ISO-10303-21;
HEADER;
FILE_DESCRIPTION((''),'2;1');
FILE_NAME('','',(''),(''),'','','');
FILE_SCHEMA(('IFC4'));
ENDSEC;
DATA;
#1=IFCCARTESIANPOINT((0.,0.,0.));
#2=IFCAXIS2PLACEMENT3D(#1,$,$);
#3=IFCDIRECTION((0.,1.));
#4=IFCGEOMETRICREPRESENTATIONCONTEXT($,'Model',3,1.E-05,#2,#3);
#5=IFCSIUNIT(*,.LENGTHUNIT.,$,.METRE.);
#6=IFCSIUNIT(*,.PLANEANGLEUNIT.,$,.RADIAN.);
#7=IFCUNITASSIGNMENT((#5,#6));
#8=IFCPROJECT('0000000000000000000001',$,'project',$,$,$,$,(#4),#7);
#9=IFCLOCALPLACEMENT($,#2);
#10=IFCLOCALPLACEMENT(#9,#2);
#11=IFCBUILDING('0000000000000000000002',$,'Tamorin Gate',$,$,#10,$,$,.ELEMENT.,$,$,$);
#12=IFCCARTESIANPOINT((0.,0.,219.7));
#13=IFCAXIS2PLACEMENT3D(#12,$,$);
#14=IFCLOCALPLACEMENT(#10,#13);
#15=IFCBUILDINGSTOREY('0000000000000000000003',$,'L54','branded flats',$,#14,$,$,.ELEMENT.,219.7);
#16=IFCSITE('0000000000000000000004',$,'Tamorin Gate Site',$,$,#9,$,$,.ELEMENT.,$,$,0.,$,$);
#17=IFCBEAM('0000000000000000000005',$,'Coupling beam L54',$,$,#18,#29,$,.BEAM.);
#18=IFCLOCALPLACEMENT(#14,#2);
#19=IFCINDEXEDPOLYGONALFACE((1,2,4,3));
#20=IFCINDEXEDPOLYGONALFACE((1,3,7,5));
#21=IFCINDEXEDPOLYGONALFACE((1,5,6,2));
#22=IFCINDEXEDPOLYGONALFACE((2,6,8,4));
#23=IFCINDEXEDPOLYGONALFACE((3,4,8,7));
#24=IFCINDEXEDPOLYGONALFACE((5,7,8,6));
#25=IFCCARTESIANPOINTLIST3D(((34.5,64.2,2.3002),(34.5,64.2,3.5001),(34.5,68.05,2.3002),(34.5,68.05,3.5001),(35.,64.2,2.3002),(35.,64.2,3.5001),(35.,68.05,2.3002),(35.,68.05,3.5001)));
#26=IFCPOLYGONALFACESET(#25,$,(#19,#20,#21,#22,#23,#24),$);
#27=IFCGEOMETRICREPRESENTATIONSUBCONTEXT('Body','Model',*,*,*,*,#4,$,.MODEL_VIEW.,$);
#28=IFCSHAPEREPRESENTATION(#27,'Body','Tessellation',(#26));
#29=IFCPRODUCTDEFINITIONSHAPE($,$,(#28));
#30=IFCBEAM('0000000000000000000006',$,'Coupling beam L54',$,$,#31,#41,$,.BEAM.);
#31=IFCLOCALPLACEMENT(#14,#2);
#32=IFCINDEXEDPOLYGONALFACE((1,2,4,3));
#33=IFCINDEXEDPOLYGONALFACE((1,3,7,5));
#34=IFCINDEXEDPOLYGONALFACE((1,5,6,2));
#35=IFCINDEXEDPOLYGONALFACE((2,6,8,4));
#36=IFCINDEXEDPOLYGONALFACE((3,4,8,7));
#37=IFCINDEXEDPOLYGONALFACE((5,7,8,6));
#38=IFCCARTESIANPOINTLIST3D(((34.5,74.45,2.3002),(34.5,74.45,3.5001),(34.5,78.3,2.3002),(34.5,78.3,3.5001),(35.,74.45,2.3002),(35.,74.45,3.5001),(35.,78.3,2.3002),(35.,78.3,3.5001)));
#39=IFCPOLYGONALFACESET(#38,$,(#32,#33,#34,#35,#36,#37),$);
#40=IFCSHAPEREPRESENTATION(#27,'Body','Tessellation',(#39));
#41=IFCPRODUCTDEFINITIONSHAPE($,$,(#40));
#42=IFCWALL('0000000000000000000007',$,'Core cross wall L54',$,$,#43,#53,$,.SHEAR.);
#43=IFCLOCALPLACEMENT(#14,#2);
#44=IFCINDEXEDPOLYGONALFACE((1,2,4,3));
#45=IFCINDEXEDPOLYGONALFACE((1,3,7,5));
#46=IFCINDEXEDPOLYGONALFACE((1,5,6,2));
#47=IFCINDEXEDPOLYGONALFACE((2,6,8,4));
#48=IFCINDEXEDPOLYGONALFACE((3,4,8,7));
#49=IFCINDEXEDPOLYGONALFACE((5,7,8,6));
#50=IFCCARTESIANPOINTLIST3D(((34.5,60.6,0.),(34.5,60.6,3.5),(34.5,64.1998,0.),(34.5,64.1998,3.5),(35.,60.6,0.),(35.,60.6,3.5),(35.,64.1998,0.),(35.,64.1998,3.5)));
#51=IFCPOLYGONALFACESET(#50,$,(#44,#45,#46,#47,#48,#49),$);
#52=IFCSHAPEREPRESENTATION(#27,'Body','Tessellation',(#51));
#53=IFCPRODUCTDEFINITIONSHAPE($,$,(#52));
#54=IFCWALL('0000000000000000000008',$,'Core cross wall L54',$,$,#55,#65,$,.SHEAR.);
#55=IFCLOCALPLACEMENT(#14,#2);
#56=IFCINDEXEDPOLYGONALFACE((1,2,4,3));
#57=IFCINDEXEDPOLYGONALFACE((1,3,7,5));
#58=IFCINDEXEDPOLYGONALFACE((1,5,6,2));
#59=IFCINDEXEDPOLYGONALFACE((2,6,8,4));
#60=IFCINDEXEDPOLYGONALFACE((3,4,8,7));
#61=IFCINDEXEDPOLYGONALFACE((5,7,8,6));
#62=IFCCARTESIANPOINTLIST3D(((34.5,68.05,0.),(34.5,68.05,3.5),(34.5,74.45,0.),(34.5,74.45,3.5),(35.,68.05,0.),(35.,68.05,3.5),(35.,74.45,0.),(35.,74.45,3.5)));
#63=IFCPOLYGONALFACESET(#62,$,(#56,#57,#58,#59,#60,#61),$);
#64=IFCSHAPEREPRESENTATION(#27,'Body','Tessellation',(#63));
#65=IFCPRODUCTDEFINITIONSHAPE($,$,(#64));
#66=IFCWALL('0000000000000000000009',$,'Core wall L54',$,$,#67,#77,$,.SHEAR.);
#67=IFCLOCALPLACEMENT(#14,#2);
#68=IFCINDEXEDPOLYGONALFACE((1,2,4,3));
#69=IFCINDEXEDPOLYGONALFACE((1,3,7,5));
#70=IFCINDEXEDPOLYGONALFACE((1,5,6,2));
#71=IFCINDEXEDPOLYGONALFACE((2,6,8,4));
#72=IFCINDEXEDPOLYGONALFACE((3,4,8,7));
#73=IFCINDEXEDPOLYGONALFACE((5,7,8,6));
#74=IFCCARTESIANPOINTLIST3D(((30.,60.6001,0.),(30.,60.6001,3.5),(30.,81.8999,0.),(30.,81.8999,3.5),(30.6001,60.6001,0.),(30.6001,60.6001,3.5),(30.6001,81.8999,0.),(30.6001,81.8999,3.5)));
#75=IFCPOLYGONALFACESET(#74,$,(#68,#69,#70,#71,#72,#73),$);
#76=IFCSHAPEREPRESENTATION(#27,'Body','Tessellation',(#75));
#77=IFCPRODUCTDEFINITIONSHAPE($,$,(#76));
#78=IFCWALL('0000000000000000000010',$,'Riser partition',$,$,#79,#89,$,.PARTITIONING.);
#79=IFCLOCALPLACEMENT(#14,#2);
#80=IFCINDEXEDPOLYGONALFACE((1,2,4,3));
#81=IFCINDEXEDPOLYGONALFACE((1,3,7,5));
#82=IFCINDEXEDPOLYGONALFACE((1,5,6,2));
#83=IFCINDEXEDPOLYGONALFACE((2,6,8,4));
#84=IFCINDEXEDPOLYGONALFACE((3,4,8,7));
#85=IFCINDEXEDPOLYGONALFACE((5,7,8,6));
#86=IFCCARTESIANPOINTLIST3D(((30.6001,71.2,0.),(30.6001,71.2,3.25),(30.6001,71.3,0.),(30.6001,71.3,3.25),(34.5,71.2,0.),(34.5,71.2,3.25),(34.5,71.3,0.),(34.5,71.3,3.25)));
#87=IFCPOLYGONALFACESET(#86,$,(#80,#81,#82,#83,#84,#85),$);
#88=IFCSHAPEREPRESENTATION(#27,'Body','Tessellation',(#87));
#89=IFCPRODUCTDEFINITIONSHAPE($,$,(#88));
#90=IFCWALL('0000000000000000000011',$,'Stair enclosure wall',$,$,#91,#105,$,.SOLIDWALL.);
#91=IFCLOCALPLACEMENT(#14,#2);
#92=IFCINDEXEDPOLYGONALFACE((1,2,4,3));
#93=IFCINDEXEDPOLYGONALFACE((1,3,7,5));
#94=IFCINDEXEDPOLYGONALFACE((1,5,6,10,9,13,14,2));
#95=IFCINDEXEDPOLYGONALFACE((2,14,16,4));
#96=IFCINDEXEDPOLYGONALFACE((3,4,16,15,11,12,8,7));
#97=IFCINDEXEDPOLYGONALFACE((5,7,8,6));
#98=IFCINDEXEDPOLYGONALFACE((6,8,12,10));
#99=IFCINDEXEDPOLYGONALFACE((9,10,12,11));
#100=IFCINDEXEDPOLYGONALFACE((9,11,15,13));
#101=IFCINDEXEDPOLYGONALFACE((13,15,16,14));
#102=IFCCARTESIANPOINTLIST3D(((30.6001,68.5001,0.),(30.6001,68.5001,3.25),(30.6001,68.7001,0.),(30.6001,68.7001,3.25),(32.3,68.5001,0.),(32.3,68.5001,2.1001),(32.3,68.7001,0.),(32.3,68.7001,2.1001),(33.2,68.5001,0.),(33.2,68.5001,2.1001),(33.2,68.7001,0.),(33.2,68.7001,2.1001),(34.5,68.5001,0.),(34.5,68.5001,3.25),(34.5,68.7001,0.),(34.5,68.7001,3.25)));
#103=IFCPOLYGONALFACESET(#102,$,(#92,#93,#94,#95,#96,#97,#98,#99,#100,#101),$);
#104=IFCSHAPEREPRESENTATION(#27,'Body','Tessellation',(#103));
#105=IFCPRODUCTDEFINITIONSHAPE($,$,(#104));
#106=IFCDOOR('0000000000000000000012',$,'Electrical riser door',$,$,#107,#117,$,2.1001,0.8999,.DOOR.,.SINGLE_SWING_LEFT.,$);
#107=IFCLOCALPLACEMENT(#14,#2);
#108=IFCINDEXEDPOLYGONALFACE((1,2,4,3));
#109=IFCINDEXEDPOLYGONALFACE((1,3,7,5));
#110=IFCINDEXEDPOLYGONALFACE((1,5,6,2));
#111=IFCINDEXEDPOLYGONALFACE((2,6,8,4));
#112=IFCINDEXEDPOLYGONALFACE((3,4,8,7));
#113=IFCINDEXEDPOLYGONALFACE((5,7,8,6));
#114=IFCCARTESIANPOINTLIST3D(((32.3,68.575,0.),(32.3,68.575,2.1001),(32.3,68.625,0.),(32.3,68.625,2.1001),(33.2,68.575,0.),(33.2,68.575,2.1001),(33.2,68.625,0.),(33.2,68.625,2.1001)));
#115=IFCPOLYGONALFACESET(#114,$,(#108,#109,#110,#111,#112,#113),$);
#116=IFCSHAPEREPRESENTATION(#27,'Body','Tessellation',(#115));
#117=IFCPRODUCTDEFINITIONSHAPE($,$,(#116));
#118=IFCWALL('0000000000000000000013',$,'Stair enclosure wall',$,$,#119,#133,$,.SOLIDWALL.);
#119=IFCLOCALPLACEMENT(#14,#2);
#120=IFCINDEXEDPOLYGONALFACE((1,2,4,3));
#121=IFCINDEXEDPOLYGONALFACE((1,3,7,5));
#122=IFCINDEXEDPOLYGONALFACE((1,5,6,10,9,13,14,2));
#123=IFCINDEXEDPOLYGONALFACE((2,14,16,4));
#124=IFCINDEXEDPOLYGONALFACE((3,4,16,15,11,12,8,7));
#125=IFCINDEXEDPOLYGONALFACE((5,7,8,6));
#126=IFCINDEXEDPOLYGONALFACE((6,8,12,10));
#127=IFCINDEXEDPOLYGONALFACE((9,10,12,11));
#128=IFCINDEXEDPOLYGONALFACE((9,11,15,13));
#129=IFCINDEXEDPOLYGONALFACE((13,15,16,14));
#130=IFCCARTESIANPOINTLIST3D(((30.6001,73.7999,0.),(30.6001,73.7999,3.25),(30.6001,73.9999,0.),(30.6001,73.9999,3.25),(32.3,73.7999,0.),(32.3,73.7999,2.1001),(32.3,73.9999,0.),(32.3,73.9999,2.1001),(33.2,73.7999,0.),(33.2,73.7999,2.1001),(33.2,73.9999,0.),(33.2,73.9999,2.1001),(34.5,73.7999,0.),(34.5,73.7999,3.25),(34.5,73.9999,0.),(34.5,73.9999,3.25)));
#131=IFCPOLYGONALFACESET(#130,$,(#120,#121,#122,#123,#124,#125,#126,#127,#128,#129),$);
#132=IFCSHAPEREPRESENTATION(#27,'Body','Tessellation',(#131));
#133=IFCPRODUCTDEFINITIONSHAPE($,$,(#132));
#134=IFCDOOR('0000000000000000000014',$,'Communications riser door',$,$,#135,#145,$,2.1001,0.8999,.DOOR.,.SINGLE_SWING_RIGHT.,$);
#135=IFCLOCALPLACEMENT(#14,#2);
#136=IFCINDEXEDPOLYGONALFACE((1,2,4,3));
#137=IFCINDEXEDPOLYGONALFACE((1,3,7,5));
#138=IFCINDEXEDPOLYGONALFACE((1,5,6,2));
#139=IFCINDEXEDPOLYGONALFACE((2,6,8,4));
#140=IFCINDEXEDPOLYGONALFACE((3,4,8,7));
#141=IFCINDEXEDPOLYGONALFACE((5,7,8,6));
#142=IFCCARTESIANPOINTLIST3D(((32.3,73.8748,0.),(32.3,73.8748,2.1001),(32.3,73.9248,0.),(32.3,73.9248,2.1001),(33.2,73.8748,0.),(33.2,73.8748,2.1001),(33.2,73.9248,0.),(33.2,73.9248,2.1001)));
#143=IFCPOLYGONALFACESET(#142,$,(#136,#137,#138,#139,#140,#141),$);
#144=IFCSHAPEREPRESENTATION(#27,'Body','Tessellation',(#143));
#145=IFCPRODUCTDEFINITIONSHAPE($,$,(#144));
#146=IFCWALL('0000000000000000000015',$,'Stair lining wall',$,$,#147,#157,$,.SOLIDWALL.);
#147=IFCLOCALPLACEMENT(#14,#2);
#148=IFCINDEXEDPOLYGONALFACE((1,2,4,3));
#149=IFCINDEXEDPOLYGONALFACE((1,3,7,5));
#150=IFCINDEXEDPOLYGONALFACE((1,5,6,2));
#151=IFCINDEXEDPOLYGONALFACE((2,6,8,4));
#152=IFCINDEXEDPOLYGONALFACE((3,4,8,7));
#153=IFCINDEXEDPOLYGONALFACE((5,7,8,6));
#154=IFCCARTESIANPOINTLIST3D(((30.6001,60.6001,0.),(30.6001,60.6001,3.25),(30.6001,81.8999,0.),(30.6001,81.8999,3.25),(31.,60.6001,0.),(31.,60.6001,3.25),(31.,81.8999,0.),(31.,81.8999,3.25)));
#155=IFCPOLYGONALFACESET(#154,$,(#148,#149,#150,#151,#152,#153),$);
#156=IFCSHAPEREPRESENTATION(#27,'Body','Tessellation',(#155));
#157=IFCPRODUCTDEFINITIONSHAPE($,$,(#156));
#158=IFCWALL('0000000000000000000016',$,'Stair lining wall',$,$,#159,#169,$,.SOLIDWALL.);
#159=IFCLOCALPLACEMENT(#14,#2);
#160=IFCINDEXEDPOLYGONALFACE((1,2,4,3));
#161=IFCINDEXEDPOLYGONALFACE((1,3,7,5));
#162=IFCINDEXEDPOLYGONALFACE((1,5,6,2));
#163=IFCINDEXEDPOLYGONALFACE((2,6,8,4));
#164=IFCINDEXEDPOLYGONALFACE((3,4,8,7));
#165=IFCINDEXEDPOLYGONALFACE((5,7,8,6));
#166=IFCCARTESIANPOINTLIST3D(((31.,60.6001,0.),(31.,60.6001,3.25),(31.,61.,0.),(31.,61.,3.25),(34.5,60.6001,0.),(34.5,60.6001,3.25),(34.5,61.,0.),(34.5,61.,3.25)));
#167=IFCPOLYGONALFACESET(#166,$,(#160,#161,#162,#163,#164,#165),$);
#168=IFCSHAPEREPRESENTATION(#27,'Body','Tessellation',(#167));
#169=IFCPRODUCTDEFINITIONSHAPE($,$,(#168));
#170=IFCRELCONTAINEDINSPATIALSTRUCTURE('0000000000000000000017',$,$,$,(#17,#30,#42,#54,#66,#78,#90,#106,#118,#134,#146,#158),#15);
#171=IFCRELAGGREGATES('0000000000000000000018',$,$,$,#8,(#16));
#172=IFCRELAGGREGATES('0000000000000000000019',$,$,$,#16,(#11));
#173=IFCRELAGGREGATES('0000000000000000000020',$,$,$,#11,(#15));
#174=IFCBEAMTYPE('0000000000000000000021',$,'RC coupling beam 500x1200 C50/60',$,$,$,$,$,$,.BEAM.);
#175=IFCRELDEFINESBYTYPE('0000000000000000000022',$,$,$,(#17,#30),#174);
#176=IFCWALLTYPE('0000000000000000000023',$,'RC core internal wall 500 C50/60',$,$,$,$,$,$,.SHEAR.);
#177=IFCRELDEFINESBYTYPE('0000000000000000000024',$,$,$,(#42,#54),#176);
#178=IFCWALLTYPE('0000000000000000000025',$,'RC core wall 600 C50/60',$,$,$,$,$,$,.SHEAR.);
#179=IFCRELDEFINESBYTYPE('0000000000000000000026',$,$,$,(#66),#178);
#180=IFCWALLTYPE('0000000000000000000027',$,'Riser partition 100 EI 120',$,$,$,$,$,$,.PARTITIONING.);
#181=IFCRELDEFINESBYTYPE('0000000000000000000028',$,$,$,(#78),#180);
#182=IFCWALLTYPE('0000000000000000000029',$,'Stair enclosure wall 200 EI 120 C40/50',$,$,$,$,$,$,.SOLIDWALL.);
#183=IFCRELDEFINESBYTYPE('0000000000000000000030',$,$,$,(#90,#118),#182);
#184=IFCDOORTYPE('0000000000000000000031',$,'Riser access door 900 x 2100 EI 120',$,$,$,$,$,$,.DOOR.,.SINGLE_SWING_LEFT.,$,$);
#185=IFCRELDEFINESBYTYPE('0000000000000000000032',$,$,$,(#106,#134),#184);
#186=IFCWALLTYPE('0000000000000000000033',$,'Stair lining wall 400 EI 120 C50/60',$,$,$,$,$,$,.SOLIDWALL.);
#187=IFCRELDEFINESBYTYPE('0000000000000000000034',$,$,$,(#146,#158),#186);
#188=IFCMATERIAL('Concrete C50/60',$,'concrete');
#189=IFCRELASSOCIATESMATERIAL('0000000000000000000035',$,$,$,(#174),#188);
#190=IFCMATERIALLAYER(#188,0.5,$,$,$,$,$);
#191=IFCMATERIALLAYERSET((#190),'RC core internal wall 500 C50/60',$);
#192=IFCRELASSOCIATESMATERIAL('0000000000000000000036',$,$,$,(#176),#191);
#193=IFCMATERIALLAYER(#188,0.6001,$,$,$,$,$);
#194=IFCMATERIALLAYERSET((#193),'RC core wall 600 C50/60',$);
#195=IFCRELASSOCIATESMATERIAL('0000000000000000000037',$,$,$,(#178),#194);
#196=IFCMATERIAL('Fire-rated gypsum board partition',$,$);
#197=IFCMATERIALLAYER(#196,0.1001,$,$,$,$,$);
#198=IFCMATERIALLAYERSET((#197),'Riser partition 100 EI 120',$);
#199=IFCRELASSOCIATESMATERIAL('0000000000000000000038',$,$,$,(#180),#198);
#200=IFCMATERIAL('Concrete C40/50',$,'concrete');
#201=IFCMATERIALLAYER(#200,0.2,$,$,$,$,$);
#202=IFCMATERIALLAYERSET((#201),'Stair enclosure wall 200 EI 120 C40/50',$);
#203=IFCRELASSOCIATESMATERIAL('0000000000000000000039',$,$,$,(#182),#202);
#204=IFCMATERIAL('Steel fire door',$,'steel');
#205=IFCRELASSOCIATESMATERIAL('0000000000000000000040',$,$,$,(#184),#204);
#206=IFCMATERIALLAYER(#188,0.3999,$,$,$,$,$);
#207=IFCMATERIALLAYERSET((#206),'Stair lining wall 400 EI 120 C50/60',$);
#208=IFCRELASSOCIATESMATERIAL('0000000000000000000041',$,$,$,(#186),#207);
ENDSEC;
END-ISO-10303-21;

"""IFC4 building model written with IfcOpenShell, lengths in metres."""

from ifc_helpers import new_model, si_unit, direction, frame, frame_2d, origin, origin_2d, place, context, subcontext, project, spatial, rectangle, extrude, material, layer, layer_set, material_profile, profile_set, type_object, element, fill, save


model = new_model("IFC4")

# Units and contexts
model_context = context("Model", 3, precision=1e-05, world=origin(), true_north=direction((0.0, 1.0)))
body_context = subcontext(model_context, "Body", "Model", "MODEL_VIEW")
ifc_project = project(units=[si_unit("LENGTHUNIT", "METRE"), si_unit("PLANEANGLEUNIT", "RADIAN")], contexts=[model_context])

# Site, building, storey
site_placement = place(None, origin())
site = spatial("IfcSite", under=ifc_project, at=site_placement, Name="Tamorin Gate Site", CompositionType="ELEMENT", RefElevation=0.0)
building_placement = place(site_placement, origin())
building = spatial("IfcBuilding", under=site, at=building_placement, Name="Tamorin Gate", CompositionType="ELEMENT")
storey_placement = place(building_placement, frame((0.0, 0.0, 219.7)))
storey = spatial("IfcBuildingStorey", under=building, at=storey_placement, Name="L54", Description="branded flats", CompositionType="ELEMENT", Elevation=219.7)

# Beams
ifc_material_1 = material(Name="Concrete C50/60", Category="concrete")
ifc_material_profile = material_profile(ifc_material_1, rectangle(XDim=0.5, YDim=1.2, at=origin_2d()), Name="RC 500x1200")
ifc_profile_set = profile_set([ifc_material_profile], Name="Concrete C50/60")
beam_type = type_object("IfcBeamType", Name="RC coupling beam 500x1200 C50/60", PredefinedType="BEAM", material=ifc_profile_set)
for number, where, z_axis, x_axis, name in (
    (1, (34.75, 64.2, 2.9001), (0.0, 1.0, 0.0), (-1.0, 0.0, 0.0), "Coupling beam L54"),
    (2, (34.75, 74.45, 2.9001), (0.0, 1.0, 0.0), (-1.0, 0.0, 0.0), "Coupling beam L54"),
):
    element("IfcBeam", number, at=place(storey_placement, frame(where, z_axis=z_axis, x_axis=x_axis)), inside=storey, type_object=beam_type, Name=name, PredefinedType="BEAM", context=body_context, shape_type="SweptSolid", body=[
        extrude(rectangle(XDim=0.5, YDim=1.2, at=origin_2d()), origin(), (0.0, 0.0, 1.0), 3.8501),
    ])

# Walls
ifc_layer_1 = layer(ifc_material_1, 0.5)
ifc_layer_set_1 = layer_set([ifc_layer_1], Name="RC core internal wall 500 C50/60")
wall_type_1 = type_object("IfcWallType", Name="RC core internal wall 500 C50/60", PredefinedType="SHEAR", material=ifc_layer_set_1)
wall_1_placement = place(storey_placement, frame((34.75, 60.6001, 0.0), z_axis=(0.0, 0.0, 1.0), x_axis=(0.0, 1.0, 0.0)))
element("IfcWall", 3, at=wall_1_placement, inside=storey, type_object=wall_type_1, Name="Core cross wall L54", PredefinedType="SHEAR", context=body_context, shape_type="SweptSolid", body=[
    extrude(rectangle(XDim=3.5999, YDim=0.5, at=frame_2d((1.7998, 0.0))), origin(), (0.0, 0.0, 1.0), 3.5),
])
wall_2_placement = place(storey_placement, frame((34.75, 68.05, 0.0), z_axis=(0.0, 0.0, 1.0), x_axis=(0.0, 1.0, 0.0)))
element("IfcWall", 4, at=wall_2_placement, inside=storey, type_object=wall_type_1, Name="Core cross wall L54", PredefinedType="SHEAR", context=body_context, shape_type="SweptSolid", body=[
    extrude(rectangle(XDim=6.3999, YDim=0.5, at=frame_2d((3.2, 0.0))), origin(), (0.0, 0.0, 1.0), 3.5),
])
ifc_layer_2 = layer(ifc_material_1, 0.6001)
ifc_layer_set_2 = layer_set([ifc_layer_2], Name="RC core wall 600 C50/60")
wall_type_2 = type_object("IfcWallType", Name="RC core wall 600 C50/60", PredefinedType="SHEAR", material=ifc_layer_set_2)
wall_3_placement = place(storey_placement, frame((30.3, 60.6001, 0.0), z_axis=(0.0, 0.0, 1.0), x_axis=(0.0, 1.0, 0.0)))
element("IfcWall", 5, at=wall_3_placement, inside=storey, type_object=wall_type_2, Name="Core wall L54", PredefinedType="SHEAR", context=body_context, shape_type="SweptSolid", body=[
    extrude(rectangle(XDim=21.2998, YDim=0.6001, at=frame_2d((10.6499, 0.0))), origin(), (0.0, 0.0, 1.0), 3.5),
])
ifc_material_2 = material(Name="Fire-rated gypsum board partition")
ifc_layer_3 = layer(ifc_material_2, 0.1001)
ifc_layer_set_3 = layer_set([ifc_layer_3], Name="Riser partition 100 EI 120")
wall_type_3 = type_object("IfcWallType", Name="Riser partition 100 EI 120", PredefinedType="PARTITIONING", material=ifc_layer_set_3)
wall_4_placement = place(storey_placement, frame((30.6001, 71.25, 0.0), z_axis=(0.0, 0.0, 1.0), x_axis=(1.0, 0.0, 0.0)))
element("IfcWall", 6, at=wall_4_placement, inside=storey, type_object=wall_type_3, Name="Riser partition", PredefinedType="PARTITIONING", context=body_context, shape_type="SweptSolid", body=[
    extrude(rectangle(XDim=3.8999, YDim=0.1001, at=frame_2d((1.95, 0.0))), origin(), (0.0, 0.0, 1.0), 3.25),
])

# Walls, openings, doors
ifc_material_3 = material(Name="Concrete C40/50", Category="concrete")
ifc_layer_4 = layer(ifc_material_3, 0.2)
ifc_layer_set_4 = layer_set([ifc_layer_4], Name="Stair enclosure wall 200 EI 120 C40/50")
wall_type_4 = type_object("IfcWallType", Name="Stair enclosure wall 200 EI 120 C40/50", PredefinedType="SOLIDWALL", material=ifc_layer_set_4)
wall_5_placement = place(storey_placement, frame((30.6001, 68.6001, 0.0), z_axis=(0.0, 0.0, 1.0), x_axis=(1.0, 0.0, 0.0)))
wall_5 = element("IfcWall", 7, at=wall_5_placement, inside=storey, type_object=wall_type_4, Name="Stair enclosure wall", PredefinedType="SOLIDWALL", context=body_context, shape_type="SweptSolid", body=[
    extrude(rectangle(XDim=3.8999, YDim=0.2, at=frame_2d((1.95, 0.0))), origin(), (0.0, 0.0, 1.0), 3.25),
])
opening_1_placement = place(wall_5_placement, frame((1.7, 0.0, 0.0)))
opening_1 = element("IfcOpeningElement", 8, at=opening_1_placement, cuts=wall_5, PredefinedType="OPENING", context=body_context, shape_type="SweptSolid", body=[
    extrude(rectangle(XDim=0.8999, YDim=2.1001, at=frame_2d((0.45, 1.05))), frame((0.0, 0.1099, 0.0), z_axis=(0.0, -1.0, 0.0), x_axis=(1.0, 0.0, 0.0)), (0.0, 0.0, 1.0), 0.22),
])
ifc_material_4 = material(Name="Steel fire door", Category="steel")
door_type_1 = type_object("IfcDoorType", Name="Riser access door 900 x 2100 EI 120", OperationType="SINGLE_SWING_LEFT", PredefinedType="DOOR", material=ifc_material_4)
door_1_placement = place(opening_1_placement, origin())
door_1 = element("IfcDoor", 9, at=door_1_placement, inside=storey, type_object=door_type_1, Name="Electrical riser door", OperationType="SINGLE_SWING_LEFT", OverallHeight=2.1001, OverallWidth=0.8999, PredefinedType="DOOR", context=body_context, shape_type="SweptSolid", body=[
    extrude(rectangle(XDim=0.8999, YDim=2.1001, at=frame_2d((0.45, 1.05))), frame((0.0, 0.0249, 0.0), z_axis=(0.0, -1.0, 0.0), x_axis=(1.0, 0.0, 0.0)), (0.0, 0.0, 1.0), 0.05),
])
fill(opening_1, door_1)
wall_6_placement = place(storey_placement, frame((30.6001, 73.8999, 0.0), z_axis=(0.0, 0.0, 1.0), x_axis=(1.0, 0.0, 0.0)))
wall_6 = element("IfcWall", 10, at=wall_6_placement, inside=storey, type_object=wall_type_4, Name="Stair enclosure wall", PredefinedType="SOLIDWALL", context=body_context, shape_type="SweptSolid", body=[
    extrude(rectangle(XDim=3.8999, YDim=0.2, at=frame_2d((1.95, 0.0))), origin(), (0.0, 0.0, 1.0), 3.25),
])
opening_2_placement = place(wall_6_placement, frame((1.7, 0.0, 0.0)))
opening_2 = element("IfcOpeningElement", 11, at=opening_2_placement, cuts=wall_6, PredefinedType="OPENING", context=body_context, shape_type="SweptSolid", body=[
    extrude(rectangle(XDim=0.8999, YDim=2.1001, at=frame_2d((0.45, 1.05))), frame((0.0, 0.1099, 0.0), z_axis=(0.0, -1.0, 0.0), x_axis=(1.0, 0.0, 0.0)), (0.0, 0.0, 1.0), 0.22),
])
door_2_placement = place(opening_2_placement, origin())
door_2 = element("IfcDoor", 12, at=door_2_placement, inside=storey, type_object=door_type_1, Name="Communications riser door", OperationType="SINGLE_SWING_RIGHT", OverallHeight=2.1001, OverallWidth=0.8999, PredefinedType="DOOR", context=body_context, shape_type="SweptSolid", body=[
    extrude(rectangle(XDim=0.8999, YDim=2.1001, at=frame_2d((0.45, 1.05))), frame((0.0, 0.0249, 0.0), z_axis=(0.0, -1.0, 0.0), x_axis=(1.0, 0.0, 0.0)), (0.0, 0.0, 1.0), 0.05),
])
fill(opening_2, door_2)

# Walls
ifc_layer_5 = layer(ifc_material_1, 0.3999)
ifc_layer_set_5 = layer_set([ifc_layer_5], Name="Stair lining wall 400 EI 120 C50/60")
wall_type_5 = type_object("IfcWallType", Name="Stair lining wall 400 EI 120 C50/60", PredefinedType="SOLIDWALL", material=ifc_layer_set_5)
wall_7_placement = place(storey_placement, frame((30.8, 60.6001, 0.0), z_axis=(0.0, 0.0, 1.0), x_axis=(0.0, 1.0, 0.0)))
element("IfcWall", 13, at=wall_7_placement, inside=storey, type_object=wall_type_5, Name="Stair lining wall", PredefinedType="SOLIDWALL", context=body_context, shape_type="SweptSolid", body=[
    extrude(rectangle(XDim=21.2998, YDim=0.3999, at=frame_2d((10.6499, 0.0))), origin(), (0.0, 0.0, 1.0), 3.25),
])
wall_8_placement = place(storey_placement, frame((31.0, 60.8, 0.0), z_axis=(0.0, 0.0, 1.0), x_axis=(1.0, 0.0, 0.0)))
element("IfcWall", 14, at=wall_8_placement, inside=storey, type_object=wall_type_5, Name="Stair lining wall", PredefinedType="SOLIDWALL", context=body_context, shape_type="SweptSolid", body=[
    extrude(rectangle(XDim=3.5, YDim=0.3999, at=frame_2d((1.75, 0.0))), origin(), (0.0, 0.0, 1.0), 3.25),
])

save(model, "model.ifc")
